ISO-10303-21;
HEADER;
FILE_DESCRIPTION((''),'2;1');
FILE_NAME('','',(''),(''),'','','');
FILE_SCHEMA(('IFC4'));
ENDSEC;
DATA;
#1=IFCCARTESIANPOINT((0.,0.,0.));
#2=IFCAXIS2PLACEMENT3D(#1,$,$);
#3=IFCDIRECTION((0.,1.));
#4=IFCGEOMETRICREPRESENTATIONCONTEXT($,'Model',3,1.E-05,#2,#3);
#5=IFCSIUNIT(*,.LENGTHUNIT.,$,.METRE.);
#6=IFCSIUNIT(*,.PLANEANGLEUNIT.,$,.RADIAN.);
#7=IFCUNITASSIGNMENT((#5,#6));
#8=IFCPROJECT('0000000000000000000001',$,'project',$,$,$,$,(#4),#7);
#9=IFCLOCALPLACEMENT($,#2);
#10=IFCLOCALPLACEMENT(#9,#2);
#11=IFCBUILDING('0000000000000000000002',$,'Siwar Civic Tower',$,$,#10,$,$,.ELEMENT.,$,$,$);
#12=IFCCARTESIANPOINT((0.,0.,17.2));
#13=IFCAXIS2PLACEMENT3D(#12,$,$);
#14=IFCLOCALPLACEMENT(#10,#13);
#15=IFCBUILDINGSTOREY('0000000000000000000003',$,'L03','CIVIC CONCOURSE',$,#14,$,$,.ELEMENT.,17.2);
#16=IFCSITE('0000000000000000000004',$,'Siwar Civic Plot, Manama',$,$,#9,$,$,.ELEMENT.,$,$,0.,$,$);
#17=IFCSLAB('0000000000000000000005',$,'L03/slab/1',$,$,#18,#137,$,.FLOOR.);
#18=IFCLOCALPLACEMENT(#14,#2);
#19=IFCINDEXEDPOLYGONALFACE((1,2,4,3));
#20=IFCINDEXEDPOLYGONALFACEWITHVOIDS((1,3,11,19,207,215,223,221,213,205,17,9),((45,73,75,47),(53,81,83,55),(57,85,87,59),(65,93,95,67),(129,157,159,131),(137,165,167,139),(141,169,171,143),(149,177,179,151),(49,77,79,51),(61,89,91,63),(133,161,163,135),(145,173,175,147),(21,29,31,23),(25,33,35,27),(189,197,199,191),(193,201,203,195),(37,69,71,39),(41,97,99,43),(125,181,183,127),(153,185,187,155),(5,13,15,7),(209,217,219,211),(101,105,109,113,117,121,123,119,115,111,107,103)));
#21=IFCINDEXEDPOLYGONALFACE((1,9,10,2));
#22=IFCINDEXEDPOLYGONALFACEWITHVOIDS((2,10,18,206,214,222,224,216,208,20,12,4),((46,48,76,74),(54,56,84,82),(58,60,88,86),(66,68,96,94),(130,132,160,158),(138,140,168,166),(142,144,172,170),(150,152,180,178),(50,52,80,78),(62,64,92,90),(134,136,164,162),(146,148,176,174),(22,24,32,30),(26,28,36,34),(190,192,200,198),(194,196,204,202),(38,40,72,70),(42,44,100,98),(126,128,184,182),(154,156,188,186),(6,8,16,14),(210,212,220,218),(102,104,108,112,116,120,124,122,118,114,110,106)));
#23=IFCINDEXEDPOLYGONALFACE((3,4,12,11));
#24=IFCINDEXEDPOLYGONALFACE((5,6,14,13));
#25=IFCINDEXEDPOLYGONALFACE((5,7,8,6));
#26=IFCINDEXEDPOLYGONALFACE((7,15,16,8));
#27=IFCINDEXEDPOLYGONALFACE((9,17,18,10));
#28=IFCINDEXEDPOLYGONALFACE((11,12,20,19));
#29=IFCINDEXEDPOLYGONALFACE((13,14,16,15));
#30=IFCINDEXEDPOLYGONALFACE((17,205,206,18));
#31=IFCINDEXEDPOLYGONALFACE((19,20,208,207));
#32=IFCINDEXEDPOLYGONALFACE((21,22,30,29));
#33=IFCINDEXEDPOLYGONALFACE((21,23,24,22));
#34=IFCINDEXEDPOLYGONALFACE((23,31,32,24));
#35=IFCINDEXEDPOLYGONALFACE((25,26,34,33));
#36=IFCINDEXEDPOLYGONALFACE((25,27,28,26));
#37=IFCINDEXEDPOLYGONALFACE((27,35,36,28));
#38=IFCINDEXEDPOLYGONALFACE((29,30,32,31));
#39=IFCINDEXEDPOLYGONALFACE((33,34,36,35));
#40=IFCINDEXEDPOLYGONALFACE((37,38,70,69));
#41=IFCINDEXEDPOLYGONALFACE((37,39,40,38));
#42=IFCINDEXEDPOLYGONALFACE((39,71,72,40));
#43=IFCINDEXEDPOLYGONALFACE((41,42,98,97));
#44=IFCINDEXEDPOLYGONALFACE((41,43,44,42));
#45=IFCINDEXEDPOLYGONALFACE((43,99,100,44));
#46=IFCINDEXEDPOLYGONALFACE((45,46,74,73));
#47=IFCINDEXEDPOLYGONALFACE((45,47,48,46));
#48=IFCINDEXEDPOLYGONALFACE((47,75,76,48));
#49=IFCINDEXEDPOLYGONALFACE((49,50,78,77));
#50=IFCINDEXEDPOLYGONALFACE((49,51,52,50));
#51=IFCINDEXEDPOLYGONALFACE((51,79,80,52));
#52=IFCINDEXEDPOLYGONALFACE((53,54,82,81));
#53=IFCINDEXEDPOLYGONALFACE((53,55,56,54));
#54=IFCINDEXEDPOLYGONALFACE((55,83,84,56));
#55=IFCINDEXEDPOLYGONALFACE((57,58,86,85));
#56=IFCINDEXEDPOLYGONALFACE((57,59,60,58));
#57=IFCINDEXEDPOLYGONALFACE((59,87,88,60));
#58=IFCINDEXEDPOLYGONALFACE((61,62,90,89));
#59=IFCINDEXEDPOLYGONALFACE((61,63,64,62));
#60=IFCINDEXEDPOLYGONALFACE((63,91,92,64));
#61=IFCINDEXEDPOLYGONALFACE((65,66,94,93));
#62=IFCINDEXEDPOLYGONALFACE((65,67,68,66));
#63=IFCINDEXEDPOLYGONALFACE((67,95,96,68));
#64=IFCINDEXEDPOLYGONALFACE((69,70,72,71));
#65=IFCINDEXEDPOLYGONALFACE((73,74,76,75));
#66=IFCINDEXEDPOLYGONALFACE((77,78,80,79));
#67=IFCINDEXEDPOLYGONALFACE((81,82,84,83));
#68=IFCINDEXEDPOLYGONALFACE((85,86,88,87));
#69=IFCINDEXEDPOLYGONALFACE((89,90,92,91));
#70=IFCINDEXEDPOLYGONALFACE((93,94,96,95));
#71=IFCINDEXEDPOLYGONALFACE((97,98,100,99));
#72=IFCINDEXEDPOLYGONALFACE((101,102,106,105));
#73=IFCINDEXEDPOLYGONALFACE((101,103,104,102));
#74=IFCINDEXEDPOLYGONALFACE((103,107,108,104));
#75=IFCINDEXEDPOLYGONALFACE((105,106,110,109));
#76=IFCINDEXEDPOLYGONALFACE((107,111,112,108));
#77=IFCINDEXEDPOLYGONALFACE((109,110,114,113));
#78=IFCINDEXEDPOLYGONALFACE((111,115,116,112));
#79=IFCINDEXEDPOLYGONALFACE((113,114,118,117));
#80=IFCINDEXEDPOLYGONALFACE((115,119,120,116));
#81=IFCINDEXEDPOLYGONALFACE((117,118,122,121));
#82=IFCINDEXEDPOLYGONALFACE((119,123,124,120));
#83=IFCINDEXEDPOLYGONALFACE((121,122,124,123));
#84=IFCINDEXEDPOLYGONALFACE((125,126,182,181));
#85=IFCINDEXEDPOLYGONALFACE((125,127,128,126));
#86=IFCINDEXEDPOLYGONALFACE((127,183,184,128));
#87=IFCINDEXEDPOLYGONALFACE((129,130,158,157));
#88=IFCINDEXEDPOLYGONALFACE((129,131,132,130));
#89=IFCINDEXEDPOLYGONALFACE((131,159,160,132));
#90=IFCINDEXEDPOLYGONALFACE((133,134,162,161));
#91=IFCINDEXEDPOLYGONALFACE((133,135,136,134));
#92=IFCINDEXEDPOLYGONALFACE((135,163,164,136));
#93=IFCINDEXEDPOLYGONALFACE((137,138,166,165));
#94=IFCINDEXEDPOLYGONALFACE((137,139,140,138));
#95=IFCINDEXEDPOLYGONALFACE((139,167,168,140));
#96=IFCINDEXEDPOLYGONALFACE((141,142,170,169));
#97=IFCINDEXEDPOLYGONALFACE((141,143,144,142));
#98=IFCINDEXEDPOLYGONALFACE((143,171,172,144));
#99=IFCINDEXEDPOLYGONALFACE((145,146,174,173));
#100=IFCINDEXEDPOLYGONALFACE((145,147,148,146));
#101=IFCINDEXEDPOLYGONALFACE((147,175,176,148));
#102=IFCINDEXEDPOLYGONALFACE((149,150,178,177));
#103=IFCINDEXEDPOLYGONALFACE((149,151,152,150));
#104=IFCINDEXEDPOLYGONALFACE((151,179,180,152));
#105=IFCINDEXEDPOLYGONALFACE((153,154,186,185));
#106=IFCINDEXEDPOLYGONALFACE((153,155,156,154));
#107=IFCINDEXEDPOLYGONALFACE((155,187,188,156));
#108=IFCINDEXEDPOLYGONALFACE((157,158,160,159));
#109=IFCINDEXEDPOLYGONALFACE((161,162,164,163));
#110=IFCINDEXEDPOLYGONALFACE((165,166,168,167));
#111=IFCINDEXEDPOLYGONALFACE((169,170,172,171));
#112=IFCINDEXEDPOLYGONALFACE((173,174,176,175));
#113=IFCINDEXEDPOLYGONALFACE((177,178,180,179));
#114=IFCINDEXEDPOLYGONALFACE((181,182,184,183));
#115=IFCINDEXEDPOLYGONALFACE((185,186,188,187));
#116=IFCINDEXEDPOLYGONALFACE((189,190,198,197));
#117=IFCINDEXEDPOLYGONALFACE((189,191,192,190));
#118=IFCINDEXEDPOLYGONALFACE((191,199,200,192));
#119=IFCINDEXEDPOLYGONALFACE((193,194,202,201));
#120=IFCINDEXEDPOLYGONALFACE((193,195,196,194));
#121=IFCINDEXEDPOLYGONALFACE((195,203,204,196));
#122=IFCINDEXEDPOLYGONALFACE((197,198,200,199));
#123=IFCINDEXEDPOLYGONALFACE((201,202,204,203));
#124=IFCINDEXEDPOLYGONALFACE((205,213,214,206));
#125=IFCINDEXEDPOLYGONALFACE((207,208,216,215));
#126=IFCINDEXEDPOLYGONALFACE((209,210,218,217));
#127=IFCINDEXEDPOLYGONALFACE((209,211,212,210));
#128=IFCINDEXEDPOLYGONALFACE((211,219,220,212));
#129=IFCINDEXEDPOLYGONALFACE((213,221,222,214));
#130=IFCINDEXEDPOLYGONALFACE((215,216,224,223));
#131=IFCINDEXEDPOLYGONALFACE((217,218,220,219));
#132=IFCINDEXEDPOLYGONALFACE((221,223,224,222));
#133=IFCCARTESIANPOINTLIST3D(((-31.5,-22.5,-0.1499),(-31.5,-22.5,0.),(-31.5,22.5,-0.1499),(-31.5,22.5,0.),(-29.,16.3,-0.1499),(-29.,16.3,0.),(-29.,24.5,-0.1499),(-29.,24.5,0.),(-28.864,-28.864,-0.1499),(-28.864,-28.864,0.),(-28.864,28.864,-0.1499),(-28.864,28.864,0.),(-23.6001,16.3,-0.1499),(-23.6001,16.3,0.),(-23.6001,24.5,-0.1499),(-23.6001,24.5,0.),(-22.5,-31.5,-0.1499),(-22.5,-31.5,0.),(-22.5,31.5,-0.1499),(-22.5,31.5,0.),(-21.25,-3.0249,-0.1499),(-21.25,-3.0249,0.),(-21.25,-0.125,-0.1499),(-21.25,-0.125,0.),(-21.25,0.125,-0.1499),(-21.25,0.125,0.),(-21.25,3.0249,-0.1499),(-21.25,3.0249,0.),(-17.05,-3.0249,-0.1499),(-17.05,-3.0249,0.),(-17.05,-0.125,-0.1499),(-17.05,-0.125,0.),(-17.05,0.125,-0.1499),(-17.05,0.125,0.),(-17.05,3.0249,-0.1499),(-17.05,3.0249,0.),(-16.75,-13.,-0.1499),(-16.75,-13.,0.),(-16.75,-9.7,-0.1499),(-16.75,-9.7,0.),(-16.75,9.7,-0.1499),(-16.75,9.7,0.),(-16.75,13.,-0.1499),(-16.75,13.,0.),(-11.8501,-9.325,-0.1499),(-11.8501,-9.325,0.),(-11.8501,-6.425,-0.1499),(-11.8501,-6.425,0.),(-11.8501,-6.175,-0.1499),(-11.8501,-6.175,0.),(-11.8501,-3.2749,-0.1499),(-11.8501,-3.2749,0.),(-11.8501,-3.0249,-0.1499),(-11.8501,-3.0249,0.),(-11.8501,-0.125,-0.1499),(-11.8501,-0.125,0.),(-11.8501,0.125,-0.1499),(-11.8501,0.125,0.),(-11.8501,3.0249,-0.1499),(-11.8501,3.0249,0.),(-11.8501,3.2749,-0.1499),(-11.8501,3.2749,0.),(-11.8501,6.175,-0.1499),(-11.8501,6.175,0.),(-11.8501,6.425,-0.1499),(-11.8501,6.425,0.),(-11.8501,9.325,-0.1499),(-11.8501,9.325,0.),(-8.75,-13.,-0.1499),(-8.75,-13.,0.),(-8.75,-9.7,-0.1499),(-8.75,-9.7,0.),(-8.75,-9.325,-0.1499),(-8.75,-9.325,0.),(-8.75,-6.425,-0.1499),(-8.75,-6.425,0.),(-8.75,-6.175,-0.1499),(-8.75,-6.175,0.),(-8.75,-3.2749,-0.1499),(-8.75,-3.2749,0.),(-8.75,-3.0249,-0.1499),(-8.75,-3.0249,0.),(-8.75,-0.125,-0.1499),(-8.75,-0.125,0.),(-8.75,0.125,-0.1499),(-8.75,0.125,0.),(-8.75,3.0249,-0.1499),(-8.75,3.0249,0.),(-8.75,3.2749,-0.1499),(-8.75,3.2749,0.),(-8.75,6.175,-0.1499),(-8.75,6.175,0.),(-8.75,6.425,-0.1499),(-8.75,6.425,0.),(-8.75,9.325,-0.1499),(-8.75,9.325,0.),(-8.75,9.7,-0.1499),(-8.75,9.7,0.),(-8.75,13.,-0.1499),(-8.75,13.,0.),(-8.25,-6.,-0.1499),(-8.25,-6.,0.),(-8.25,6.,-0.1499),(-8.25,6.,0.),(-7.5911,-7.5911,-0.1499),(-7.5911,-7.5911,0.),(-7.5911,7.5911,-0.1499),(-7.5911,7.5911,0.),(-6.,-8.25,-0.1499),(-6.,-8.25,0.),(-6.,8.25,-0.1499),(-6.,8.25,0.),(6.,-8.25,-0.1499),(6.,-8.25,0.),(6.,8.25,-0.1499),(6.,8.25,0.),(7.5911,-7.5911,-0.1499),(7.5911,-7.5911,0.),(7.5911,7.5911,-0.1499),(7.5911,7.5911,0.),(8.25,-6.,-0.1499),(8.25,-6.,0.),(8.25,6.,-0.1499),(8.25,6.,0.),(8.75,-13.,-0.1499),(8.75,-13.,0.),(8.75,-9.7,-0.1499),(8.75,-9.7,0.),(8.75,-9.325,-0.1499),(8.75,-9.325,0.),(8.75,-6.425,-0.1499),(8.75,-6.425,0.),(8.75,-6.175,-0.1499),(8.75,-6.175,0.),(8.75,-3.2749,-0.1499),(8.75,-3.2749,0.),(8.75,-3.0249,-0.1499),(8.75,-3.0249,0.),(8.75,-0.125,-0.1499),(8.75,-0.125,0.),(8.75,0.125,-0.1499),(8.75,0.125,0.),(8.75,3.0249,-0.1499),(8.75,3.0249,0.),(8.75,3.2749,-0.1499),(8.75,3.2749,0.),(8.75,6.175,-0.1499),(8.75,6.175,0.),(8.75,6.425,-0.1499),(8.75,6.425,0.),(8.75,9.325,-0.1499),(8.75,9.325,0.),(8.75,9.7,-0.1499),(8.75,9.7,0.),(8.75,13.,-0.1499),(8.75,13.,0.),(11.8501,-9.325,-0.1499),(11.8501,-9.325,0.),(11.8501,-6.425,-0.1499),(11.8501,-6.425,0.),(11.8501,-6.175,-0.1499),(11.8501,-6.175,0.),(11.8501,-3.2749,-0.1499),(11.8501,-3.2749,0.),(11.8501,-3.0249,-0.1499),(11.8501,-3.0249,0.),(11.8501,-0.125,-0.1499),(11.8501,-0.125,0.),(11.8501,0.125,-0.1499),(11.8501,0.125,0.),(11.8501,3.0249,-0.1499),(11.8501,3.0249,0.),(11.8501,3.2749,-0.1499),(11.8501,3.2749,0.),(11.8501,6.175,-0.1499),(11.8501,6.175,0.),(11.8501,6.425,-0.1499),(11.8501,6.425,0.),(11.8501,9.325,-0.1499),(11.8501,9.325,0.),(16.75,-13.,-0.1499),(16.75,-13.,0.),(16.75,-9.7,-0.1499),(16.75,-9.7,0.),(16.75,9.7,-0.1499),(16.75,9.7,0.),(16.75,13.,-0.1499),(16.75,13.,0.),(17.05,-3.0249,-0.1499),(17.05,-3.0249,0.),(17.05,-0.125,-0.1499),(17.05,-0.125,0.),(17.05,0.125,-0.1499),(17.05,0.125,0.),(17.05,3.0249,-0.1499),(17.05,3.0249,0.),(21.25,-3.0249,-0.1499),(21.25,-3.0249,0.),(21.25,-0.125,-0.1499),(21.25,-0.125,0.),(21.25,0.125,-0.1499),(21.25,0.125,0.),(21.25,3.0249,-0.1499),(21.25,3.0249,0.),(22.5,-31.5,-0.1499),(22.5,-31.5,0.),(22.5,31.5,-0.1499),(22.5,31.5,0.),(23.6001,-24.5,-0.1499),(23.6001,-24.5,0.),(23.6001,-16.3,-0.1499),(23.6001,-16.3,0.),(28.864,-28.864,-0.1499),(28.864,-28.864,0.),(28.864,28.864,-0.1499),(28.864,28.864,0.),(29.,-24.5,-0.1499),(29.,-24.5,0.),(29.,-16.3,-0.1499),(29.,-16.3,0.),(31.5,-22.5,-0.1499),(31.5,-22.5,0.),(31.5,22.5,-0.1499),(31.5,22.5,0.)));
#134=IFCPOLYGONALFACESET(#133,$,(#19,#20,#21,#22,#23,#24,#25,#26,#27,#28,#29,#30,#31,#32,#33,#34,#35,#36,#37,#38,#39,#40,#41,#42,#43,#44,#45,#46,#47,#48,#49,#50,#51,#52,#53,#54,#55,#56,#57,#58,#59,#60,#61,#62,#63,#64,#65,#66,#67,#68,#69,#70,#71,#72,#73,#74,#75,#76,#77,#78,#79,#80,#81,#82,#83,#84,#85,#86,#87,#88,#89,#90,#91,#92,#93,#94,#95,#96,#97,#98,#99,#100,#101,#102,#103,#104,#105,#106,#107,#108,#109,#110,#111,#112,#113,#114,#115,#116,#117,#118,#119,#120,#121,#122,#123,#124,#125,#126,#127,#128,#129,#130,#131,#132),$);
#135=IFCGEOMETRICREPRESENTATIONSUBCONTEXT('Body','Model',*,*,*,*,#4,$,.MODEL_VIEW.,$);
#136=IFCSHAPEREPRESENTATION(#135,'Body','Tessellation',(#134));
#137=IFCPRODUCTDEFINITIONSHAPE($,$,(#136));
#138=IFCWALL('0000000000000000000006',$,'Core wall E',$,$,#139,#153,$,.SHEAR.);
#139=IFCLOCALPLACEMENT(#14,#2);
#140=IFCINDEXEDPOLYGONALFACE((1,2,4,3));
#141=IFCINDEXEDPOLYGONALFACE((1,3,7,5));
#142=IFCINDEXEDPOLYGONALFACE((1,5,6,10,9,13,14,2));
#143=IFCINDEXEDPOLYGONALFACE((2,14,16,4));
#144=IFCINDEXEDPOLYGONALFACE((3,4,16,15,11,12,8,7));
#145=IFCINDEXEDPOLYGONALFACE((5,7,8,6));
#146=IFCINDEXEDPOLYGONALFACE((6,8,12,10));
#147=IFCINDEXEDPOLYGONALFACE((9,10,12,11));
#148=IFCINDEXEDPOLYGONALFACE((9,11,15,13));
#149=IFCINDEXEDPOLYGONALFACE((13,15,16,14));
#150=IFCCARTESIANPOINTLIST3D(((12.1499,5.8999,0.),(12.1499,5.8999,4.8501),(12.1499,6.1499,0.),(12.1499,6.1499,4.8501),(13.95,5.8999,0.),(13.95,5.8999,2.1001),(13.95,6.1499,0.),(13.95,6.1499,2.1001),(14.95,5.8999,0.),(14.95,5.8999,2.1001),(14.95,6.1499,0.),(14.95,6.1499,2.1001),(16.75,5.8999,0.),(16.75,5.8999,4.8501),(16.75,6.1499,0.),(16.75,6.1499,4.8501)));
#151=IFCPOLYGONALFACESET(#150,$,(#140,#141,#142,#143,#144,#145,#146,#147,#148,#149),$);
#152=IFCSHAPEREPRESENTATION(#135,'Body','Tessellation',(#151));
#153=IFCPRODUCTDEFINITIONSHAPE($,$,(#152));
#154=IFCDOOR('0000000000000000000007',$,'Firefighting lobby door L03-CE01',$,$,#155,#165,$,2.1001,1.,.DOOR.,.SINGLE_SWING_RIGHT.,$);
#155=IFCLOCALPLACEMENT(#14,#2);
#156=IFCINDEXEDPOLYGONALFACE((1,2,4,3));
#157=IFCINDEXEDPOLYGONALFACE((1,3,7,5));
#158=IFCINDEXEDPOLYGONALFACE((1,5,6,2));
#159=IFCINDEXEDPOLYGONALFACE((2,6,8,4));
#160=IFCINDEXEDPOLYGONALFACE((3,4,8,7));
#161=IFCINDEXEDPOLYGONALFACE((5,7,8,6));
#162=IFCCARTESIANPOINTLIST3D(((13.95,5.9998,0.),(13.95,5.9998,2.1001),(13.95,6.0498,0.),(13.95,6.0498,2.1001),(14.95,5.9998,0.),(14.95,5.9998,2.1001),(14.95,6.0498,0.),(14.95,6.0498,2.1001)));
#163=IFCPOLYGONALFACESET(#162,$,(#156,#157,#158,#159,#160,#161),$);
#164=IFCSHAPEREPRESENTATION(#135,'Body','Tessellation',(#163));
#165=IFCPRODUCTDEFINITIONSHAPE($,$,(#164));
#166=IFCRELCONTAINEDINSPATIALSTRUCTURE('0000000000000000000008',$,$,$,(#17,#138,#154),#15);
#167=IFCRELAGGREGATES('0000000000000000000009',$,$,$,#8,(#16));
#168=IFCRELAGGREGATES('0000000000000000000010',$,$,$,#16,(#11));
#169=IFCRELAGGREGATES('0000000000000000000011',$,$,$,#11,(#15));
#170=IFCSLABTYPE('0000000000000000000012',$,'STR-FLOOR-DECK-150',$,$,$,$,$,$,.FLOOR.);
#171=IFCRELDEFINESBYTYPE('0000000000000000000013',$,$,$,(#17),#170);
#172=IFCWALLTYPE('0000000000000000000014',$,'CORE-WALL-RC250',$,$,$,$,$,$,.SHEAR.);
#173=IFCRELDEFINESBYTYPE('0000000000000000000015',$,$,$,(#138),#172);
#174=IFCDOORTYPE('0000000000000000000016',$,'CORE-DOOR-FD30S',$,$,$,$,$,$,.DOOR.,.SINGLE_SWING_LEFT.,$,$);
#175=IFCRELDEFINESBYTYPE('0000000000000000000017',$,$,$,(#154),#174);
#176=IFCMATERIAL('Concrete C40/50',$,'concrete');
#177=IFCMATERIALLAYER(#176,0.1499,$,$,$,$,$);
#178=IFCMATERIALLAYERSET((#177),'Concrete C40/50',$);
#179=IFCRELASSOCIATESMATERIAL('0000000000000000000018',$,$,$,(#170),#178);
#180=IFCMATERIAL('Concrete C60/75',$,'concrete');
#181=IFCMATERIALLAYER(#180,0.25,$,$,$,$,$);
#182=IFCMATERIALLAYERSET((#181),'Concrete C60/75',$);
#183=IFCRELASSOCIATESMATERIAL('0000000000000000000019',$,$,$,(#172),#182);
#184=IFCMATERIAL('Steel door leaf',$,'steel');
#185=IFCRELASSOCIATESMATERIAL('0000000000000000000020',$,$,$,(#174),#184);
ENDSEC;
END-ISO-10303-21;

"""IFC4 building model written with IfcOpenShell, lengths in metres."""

from ifc_helpers import new_model, si_unit, direction, frame, frame_2d, origin, place, context, subcontext, project, spatial, polyline, rectangle, outline, extrude, material, layer, layer_set, type_object, element, fill, save


model = new_model("IFC4")

# Units and contexts
model_context = context("Model", 3, precision=1e-05, world=origin(), true_north=direction((0.0, 1.0)))
body_context = subcontext(model_context, "Body", "Model", "MODEL_VIEW")
ifc_project = project(units=[si_unit("LENGTHUNIT", "METRE"), si_unit("PLANEANGLEUNIT", "RADIAN")], contexts=[model_context])

# Site, building, storey
site_placement = place(None, origin())
site = spatial("IfcSite", under=ifc_project, at=site_placement, Name="Siwar Civic Plot, Manama", CompositionType="ELEMENT", RefElevation=0.0)
building_placement = place(site_placement, origin())
building = spatial("IfcBuilding", under=site, at=building_placement, Name="Siwar Civic Tower", CompositionType="ELEMENT")
storey_placement = place(building_placement, frame((0.0, 0.0, 17.2)))
storey = spatial("IfcBuildingStorey", under=building, at=storey_placement, Name="L03", Description="CIVIC CONCOURSE", CompositionType="ELEMENT", Elevation=17.2)

# Slab
ifc_material_1 = material(Name="Concrete C40/50", Category="concrete")
ifc_layer_1 = layer(ifc_material_1, 0.1499)
ifc_layer_set_1 = layer_set([ifc_layer_1], Name="Concrete C40/50")
slab_type_1 = type_object("IfcSlabType", Name="STR-FLOOR-DECK-150", PredefinedType="FLOOR", material=ifc_layer_set_1)
slab_1_placement = place(storey_placement, frame((0.0, 0.0, -0.1499)))
element("IfcSlab", 1, at=slab_1_placement, inside=storey, type_object=slab_type_1, Name="L03/slab/1", PredefinedType="FLOOR", context=body_context, shape_type="SweptSolid", body=[
    extrude(outline(polyline([(-22.5, -31.5), (22.5, -31.5), (28.864, -28.864), (31.5, -22.5), (31.5, 22.5), (28.864, 28.864), (22.5, 31.5), (-22.5, 31.5), (-28.864, 28.864), (-31.5, 22.5), (-31.5, -22.5), (-28.864, -28.864), (-22.5, -31.5)]), holes=[polyline([(29.0, -16.3), (29.0, -24.5), (23.6001, -24.5), (23.6001, -16.3), (29.0, -16.3)]), polyline([(21.25, 3.0249), (21.25, 0.125), (17.05, 0.125), (17.05, 3.0249), (21.25, 3.0249)]), polyline([(17.05, -0.125), (21.25, -0.125), (21.25, -3.0249), (17.05, -3.0249), (17.05, -0.125)]), polyline([(16.75, 13.0), (16.75, 9.7), (8.75, 9.7), (8.75, 13.0), (16.75, 13.0)]), polyline([(16.75, -9.7), (16.75, -13.0), (8.75, -13.0), (8.75, -9.7), (16.75, -9.7)]), polyline([(11.8501, 9.325), (11.8501, 6.425), (8.75, 6.425), (8.75, 9.325), (11.8501, 9.325)]), polyline([(11.8501, 3.0249), (11.8501, 0.125), (8.75, 0.125), (8.75, 3.0249), (11.8501, 3.0249)]), polyline([(11.8501, -0.125), (11.8501, -3.0249), (8.75, -3.0249), (8.75, -0.125), (11.8501, -0.125)]), polyline([(11.8501, -3.2749), (11.8501, -6.175), (8.75, -6.175), (8.75, -3.2749), (11.8501, -3.2749)]), polyline([(8.75, 6.175), (11.8501, 6.175), (11.8501, 3.2749), (8.75, 3.2749), (8.75, 6.175)]), polyline([(8.75, -6.425), (11.8501, -6.425), (11.8501, -9.325), (8.75, -9.325), (8.75, -6.425)]), polyline([(-6.0, 8.25), (6.0, 8.25), (7.5911, 7.5911), (8.25, 6.0), (8.25, -6.0), (7.5911, -7.5911), (6.0, -8.25), (-6.0, -8.25), (-7.5911, -7.5911), (-8.25, -6.0), (-8.25, 6.0), (-7.5911, 7.5911), (-6.0, 8.25)]), polyline([(-8.75, 3.2749), (-11.8501, 3.2749), (-11.8501, 6.175), (-8.75, 6.175), (-8.75, 3.2749)]), polyline([(-8.75, -6.175), (-11.8501, -6.175), (-11.8501, -3.2749), (-8.75, -3.2749), (-8.75, -6.175)]), polyline([(-8.75, -9.325), (-11.8501, -9.325), (-11.8501, -6.425), (-8.75, -6.425), (-8.75, -9.325)]), polyline([(-8.75, -13.0), (-16.75, -13.0), (-16.75, -9.7), (-8.75, -9.7), (-8.75, -13.0)]), polyline([(-11.8501, 6.425), (-11.8501, 9.325), (-8.75, 9.325), (-8.75, 6.425), (-11.8501, 6.425)]), polyline([(-11.8501, 0.125), (-11.8501, 3.0249), (-8.75, 3.0249), (-8.75, 0.125), (-11.8501, 0.125)]), polyline([(-11.8501, -3.0249), (-11.8501, -0.125), (-8.75, -0.125), (-8.75, -3.0249), (-11.8501, -3.0249)]), polyline([(-16.75, 9.7), (-16.75, 13.0), (-8.75, 13.0), (-8.75, 9.7), (-16.75, 9.7)]), polyline([(-21.25, 0.125), (-21.25, 3.0249), (-17.05, 3.0249), (-17.05, 0.125), (-21.25, 0.125)]), polyline([(-21.25, -3.0249), (-21.25, -0.125), (-17.05, -0.125), (-17.05, -3.0249), (-21.25, -3.0249)]), polyline([(-29.0, 24.5), (-23.6001, 24.5), (-23.6001, 16.3), (-29.0, 16.3), (-29.0, 24.5)])]), origin(), (0.0, 0.0, 1.0), 0.1499),
])

# Wall, opening, door
ifc_material_2 = material(Name="Concrete C60/75", Category="concrete")
ifc_layer_2 = layer(ifc_material_2, 0.25)
ifc_layer_set_2 = layer_set([ifc_layer_2], Name="Concrete C60/75")
wall_type_1 = type_object("IfcWallType", Name="CORE-WALL-RC250", PredefinedType="SHEAR", material=ifc_layer_set_2)
wall_1_placement = place(storey_placement, frame((12.1499, 6.0249, 0.0), z_axis=(0.0, 0.0, 1.0), x_axis=(1.0, 0.0, 0.0)))
wall_1 = element("IfcWall", 2, at=wall_1_placement, inside=storey, type_object=wall_type_1, Name="Core wall E", PredefinedType="SHEAR", context=body_context, shape_type="SweptSolid", body=[
    extrude(rectangle(XDim=4.6001, YDim=0.25, at=frame_2d((2.3, 0.0))), origin(), (0.0, 0.0, 1.0), 4.8501),
])
opening_placement = place(wall_1_placement, frame((1.8, 0.0, 0.0)))
opening = element("IfcOpeningElement", 3, at=opening_placement, cuts=wall_1, PredefinedType="OPENING", context=body_context, shape_type="SweptSolid", body=[
    extrude(rectangle(XDim=1.0, YDim=2.1001, at=frame_2d((0.5, 1.05))), frame((0.0, 0.135, 0.0), z_axis=(0.0, -1.0, 0.0), x_axis=(1.0, 0.0, 0.0)), (0.0, 0.0, 1.0), 0.27),
])
ifc_material_3 = material(Name="Steel door leaf", Category="steel")
door_type = type_object("IfcDoorType", Name="CORE-DOOR-FD30S", OperationType="SINGLE_SWING_LEFT", PredefinedType="DOOR", material=ifc_material_3)
door_placement = place(opening_placement, origin())
door = element("IfcDoor", 4, at=door_placement, inside=storey, type_object=door_type, Name="Firefighting lobby door L03-CE01", OperationType="SINGLE_SWING_RIGHT", OverallHeight=2.1001, OverallWidth=1.0, PredefinedType="DOOR", context=body_context, shape_type="SweptSolid", body=[
    extrude(rectangle(XDim=1.0, YDim=2.1001, at=frame_2d((0.5, 1.05))), frame((0.0, 0.0249, 0.0), z_axis=(0.0, -1.0, 0.0), x_axis=(1.0, 0.0, 0.0)), (0.0, 0.0, 1.0), 0.05),
])
fill(opening, door)

save(model, "model.ifc")
